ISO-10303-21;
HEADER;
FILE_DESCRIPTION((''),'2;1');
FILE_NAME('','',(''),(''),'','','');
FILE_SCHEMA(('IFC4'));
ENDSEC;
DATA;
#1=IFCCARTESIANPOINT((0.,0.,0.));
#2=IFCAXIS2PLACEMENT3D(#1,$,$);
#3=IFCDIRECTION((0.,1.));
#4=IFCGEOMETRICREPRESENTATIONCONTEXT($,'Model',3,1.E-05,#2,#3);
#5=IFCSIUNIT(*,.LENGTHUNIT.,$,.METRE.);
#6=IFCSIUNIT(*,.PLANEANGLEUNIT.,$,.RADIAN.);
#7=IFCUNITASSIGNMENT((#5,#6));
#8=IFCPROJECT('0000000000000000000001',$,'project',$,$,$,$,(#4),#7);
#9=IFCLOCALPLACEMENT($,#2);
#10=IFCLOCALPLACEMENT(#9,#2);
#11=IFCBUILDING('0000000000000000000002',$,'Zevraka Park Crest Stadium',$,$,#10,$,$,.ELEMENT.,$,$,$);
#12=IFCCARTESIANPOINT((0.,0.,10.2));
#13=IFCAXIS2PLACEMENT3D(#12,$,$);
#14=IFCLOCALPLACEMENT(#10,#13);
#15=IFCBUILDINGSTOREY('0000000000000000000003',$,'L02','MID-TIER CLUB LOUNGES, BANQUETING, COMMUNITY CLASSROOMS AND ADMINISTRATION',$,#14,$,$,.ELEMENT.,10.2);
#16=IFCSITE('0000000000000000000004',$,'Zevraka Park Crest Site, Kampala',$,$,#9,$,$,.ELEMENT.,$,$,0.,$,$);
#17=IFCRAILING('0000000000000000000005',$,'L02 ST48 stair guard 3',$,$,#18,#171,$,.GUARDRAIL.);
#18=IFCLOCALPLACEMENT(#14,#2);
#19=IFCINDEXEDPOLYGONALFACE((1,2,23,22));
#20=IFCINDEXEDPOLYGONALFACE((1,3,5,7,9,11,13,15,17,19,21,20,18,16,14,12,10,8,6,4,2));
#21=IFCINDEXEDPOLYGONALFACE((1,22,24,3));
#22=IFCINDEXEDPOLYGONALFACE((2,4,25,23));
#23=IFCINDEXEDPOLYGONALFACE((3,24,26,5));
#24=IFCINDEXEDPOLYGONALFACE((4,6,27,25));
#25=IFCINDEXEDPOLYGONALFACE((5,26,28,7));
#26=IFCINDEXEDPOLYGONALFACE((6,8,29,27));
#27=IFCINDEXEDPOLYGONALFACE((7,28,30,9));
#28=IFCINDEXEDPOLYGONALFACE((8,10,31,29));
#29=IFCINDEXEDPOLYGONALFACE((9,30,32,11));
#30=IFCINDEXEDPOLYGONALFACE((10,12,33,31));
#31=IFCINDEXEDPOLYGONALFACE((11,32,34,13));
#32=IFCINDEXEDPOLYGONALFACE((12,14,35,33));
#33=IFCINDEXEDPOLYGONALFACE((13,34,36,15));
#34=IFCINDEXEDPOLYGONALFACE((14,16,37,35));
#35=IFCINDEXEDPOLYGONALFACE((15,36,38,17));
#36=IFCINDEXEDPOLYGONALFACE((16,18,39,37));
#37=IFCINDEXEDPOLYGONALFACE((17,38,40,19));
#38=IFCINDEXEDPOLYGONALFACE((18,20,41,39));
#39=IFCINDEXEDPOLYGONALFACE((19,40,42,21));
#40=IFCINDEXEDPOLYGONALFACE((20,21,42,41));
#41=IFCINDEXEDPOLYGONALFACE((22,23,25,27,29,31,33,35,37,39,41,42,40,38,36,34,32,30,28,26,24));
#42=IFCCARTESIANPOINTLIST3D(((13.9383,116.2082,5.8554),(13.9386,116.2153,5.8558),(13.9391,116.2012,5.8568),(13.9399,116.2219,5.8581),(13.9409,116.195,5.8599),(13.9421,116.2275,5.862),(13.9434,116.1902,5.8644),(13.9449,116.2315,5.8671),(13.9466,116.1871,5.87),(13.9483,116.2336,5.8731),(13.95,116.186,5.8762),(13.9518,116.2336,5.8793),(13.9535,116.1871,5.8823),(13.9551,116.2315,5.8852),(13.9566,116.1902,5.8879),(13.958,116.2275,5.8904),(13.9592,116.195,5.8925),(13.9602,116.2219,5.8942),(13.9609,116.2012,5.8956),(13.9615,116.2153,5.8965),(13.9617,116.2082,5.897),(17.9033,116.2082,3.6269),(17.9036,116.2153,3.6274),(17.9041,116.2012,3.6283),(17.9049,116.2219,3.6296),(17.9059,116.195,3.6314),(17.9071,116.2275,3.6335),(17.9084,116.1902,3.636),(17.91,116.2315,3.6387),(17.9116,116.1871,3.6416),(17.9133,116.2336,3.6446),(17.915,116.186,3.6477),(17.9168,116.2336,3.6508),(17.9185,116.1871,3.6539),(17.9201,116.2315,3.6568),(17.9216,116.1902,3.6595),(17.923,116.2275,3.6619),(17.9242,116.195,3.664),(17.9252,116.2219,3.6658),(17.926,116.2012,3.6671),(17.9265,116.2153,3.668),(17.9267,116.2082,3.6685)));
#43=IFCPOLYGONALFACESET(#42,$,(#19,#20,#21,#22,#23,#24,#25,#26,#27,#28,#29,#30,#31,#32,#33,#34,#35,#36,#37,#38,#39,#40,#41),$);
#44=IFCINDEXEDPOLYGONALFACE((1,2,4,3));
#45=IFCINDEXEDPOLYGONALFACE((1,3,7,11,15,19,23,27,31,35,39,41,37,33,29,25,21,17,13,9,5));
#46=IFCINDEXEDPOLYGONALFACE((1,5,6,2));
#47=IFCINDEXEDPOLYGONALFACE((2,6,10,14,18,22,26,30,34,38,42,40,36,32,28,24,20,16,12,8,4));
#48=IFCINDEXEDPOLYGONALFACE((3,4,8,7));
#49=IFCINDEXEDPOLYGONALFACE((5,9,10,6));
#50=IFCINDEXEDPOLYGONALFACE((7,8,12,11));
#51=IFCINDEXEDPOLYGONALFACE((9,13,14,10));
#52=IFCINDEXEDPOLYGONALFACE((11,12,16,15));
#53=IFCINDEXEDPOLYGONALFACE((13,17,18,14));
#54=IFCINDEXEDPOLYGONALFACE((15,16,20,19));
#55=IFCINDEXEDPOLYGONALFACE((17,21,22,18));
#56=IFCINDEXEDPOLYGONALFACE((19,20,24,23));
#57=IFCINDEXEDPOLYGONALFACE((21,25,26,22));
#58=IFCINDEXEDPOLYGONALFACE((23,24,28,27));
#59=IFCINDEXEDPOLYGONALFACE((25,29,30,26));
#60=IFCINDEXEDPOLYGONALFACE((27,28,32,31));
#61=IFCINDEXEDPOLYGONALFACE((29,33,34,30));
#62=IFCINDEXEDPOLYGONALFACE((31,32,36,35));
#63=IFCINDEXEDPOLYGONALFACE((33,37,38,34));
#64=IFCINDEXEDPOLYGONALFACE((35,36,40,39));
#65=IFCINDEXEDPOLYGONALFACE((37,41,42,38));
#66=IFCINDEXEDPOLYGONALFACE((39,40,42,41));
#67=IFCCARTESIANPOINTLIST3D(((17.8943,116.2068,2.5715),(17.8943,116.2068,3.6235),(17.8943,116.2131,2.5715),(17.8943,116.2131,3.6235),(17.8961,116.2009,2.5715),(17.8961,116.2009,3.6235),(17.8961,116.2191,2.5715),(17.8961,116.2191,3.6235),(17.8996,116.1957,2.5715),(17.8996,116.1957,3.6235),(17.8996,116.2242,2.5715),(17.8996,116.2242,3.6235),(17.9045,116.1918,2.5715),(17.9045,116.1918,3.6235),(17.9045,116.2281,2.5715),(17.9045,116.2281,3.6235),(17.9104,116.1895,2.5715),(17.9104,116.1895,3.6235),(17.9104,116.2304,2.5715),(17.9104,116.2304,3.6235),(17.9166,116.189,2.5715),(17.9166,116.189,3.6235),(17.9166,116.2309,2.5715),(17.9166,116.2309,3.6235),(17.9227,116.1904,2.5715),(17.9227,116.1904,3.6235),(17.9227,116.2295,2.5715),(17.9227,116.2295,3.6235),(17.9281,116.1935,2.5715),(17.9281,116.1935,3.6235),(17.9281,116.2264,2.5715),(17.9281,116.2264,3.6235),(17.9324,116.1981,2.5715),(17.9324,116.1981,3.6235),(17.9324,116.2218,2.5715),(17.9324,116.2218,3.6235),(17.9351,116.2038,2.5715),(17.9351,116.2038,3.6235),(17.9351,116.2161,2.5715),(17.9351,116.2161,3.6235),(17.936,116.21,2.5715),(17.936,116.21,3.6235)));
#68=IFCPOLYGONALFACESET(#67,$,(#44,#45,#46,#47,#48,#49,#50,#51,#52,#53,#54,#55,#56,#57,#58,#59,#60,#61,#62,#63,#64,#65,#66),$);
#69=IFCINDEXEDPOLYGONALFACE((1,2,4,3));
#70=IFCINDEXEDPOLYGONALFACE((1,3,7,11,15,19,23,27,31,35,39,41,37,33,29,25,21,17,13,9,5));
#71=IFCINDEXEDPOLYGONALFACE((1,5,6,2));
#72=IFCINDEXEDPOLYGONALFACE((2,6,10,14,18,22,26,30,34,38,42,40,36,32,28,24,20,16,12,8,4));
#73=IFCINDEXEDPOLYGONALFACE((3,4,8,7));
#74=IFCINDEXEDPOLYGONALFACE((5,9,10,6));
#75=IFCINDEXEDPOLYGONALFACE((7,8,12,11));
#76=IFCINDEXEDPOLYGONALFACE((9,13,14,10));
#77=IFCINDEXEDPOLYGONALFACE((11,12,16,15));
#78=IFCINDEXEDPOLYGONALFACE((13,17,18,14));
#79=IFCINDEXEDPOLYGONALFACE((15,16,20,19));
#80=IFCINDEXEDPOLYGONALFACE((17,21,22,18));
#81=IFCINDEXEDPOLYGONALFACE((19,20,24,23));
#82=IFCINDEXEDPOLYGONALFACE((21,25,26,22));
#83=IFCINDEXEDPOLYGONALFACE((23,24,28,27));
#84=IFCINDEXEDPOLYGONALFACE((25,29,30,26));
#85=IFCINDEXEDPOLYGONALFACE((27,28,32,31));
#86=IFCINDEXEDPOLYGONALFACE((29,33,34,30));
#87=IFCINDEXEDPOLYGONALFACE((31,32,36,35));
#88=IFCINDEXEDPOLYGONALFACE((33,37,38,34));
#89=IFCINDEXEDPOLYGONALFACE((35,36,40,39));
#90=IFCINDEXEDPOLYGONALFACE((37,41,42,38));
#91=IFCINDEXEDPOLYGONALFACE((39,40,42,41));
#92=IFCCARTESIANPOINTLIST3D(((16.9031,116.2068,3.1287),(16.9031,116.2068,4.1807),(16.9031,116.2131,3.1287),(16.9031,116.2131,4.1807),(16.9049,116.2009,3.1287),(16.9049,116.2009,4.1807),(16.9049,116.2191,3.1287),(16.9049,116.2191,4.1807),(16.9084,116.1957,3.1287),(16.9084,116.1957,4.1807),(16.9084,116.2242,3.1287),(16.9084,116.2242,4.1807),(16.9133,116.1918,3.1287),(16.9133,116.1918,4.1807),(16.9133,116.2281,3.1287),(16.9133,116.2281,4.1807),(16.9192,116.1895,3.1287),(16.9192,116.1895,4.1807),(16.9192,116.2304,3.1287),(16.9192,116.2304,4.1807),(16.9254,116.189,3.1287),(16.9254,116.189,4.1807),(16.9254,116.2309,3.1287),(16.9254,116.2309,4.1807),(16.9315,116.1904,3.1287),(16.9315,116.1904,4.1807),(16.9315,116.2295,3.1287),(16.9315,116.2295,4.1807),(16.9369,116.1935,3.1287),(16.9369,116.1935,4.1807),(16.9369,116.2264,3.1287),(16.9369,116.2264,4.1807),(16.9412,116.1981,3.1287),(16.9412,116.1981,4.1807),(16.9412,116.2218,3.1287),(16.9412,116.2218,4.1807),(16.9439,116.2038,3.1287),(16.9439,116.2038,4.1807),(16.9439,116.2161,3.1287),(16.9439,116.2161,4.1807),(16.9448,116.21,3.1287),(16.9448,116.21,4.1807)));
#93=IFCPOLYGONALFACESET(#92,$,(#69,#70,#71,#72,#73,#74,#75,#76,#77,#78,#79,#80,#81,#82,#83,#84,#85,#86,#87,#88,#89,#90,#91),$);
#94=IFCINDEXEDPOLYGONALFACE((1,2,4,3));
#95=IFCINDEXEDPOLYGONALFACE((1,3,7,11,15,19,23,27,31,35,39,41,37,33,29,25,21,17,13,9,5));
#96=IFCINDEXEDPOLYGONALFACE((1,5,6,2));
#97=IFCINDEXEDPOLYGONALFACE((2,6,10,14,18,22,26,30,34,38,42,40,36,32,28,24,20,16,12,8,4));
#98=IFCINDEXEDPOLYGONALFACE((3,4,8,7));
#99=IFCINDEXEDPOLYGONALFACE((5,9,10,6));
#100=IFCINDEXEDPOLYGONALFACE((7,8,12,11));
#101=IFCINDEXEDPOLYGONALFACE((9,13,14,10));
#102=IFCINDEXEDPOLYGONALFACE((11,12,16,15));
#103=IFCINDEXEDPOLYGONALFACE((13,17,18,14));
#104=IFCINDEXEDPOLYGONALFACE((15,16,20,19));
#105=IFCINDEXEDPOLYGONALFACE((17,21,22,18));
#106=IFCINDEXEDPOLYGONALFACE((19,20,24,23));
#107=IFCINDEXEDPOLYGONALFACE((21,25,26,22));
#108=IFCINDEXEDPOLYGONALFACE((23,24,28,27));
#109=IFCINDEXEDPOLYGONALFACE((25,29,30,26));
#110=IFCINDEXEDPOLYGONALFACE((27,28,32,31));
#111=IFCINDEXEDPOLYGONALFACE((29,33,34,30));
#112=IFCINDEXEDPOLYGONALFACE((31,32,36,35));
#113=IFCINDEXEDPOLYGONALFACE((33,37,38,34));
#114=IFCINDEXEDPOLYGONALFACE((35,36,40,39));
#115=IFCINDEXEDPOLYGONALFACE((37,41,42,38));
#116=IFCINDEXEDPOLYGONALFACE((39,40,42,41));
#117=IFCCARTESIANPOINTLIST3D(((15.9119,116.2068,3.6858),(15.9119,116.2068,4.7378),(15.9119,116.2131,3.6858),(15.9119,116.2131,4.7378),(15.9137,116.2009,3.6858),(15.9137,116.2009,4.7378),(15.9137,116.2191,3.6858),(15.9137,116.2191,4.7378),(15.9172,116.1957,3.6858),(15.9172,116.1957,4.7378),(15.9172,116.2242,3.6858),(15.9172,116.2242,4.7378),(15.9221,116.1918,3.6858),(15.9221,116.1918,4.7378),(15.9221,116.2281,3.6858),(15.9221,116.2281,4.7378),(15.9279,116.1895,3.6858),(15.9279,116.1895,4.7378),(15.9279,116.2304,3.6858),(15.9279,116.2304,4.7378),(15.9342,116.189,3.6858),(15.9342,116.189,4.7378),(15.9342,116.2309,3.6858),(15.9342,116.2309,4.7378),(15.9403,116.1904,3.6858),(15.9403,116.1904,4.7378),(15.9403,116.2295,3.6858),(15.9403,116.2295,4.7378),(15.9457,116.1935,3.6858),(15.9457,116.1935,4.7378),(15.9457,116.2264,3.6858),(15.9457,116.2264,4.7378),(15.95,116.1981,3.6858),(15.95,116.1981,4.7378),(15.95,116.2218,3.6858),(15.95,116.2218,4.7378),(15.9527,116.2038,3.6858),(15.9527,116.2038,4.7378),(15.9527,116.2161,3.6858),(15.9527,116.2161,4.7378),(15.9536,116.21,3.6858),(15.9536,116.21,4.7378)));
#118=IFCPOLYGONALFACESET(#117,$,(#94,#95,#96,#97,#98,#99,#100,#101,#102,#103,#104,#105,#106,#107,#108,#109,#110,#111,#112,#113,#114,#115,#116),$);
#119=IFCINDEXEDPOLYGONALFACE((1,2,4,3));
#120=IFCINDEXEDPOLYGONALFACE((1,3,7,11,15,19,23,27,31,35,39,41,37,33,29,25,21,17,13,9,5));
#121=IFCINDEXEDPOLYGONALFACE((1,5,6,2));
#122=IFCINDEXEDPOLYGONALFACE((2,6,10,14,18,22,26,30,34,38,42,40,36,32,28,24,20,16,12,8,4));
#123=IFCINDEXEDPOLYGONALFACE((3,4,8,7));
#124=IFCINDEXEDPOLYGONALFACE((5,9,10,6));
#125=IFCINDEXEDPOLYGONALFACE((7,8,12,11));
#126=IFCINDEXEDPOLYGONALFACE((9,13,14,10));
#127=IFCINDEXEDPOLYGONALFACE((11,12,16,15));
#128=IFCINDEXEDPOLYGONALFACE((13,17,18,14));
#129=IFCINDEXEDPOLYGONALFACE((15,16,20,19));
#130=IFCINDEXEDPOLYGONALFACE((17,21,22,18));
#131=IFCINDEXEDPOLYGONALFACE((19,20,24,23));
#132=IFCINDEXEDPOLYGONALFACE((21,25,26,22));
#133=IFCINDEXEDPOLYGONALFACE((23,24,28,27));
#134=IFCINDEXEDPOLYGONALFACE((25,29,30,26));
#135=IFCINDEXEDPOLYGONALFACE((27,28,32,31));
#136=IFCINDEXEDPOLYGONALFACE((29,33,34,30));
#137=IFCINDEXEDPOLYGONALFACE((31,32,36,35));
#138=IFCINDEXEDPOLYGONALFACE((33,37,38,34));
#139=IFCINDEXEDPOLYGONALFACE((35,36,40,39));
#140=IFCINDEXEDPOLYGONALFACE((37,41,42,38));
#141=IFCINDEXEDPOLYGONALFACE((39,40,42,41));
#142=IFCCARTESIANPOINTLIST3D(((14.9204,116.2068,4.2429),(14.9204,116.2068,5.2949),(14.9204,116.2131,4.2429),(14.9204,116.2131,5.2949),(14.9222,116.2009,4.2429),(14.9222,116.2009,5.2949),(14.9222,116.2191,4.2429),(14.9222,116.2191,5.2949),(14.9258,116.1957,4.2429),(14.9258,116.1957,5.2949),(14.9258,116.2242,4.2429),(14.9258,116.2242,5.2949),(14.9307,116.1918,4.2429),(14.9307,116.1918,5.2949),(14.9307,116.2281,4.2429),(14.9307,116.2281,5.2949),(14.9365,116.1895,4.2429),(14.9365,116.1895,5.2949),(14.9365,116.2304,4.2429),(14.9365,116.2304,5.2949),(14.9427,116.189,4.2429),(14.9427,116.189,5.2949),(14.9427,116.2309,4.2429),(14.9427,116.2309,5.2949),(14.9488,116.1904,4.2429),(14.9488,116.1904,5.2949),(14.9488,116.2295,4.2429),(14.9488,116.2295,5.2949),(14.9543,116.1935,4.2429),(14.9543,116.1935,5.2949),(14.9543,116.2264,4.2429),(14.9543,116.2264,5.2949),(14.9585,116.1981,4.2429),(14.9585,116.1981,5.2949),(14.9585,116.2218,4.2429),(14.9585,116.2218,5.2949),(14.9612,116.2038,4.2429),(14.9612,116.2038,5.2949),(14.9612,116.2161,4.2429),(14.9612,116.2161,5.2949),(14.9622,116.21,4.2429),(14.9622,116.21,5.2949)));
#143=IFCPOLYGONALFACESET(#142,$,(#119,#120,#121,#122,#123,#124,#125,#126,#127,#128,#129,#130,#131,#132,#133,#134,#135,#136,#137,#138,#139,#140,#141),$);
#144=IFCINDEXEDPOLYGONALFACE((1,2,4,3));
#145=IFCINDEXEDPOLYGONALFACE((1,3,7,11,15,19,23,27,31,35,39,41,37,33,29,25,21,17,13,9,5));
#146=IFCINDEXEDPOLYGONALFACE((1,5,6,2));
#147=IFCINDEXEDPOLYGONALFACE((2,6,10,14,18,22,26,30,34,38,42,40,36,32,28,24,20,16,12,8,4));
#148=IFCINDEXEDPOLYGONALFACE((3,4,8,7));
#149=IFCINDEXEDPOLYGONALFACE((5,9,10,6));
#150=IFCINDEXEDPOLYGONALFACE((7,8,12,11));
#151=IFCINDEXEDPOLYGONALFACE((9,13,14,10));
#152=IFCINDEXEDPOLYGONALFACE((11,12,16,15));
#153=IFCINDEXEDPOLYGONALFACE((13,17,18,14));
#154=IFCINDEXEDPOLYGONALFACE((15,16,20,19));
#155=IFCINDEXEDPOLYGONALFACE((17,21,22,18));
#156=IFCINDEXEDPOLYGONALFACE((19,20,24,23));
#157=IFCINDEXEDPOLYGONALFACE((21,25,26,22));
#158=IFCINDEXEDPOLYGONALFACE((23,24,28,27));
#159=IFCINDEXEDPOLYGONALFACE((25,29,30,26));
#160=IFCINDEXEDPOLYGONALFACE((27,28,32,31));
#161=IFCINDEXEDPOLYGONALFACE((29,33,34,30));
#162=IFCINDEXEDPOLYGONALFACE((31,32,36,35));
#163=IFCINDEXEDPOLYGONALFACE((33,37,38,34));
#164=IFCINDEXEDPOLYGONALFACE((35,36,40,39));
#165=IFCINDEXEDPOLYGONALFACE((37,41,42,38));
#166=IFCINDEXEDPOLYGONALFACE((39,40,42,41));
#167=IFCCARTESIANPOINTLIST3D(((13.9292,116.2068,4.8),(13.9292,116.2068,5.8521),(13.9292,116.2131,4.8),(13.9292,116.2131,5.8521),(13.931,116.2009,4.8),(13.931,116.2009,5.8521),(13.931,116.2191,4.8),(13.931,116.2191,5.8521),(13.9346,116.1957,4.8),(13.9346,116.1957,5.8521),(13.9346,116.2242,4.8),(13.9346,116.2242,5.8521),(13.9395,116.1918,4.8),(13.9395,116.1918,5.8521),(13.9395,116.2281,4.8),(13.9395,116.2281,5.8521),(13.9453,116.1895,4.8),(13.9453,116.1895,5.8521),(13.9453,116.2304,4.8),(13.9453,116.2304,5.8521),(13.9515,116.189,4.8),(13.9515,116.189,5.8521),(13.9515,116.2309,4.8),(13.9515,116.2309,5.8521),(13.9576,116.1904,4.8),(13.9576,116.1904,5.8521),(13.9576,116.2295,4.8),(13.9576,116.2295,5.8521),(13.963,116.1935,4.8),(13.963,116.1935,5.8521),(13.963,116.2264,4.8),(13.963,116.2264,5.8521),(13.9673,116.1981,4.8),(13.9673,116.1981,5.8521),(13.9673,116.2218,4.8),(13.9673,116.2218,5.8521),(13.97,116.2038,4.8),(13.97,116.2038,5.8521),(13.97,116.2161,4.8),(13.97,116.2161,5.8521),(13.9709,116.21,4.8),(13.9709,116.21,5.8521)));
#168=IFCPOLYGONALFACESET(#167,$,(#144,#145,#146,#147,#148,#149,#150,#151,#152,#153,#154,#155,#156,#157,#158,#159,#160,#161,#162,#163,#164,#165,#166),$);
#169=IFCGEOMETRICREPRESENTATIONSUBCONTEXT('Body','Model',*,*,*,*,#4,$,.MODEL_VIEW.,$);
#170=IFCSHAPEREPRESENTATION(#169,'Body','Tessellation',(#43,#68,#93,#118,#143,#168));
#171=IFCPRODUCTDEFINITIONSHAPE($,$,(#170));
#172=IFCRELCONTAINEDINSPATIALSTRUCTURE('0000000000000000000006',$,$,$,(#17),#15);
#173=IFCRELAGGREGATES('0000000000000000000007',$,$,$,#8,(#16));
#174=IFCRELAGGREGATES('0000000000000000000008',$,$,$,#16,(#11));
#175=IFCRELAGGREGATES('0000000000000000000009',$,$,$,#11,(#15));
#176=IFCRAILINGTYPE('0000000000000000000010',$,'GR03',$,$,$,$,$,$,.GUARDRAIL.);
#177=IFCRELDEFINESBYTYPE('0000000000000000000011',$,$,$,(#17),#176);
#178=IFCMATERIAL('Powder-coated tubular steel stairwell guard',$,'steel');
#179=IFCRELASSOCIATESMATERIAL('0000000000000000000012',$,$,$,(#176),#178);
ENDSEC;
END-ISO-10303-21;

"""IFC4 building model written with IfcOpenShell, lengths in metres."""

from ifc_helpers import new_model, si_unit, direction, frame, origin, origin_2d, place, context, subcontext, project, spatial, circle, extrude, material, type_object, element, save


model = new_model("IFC4")

# Units and contexts
model_context = context("Model", 3, precision=1e-05, world=origin(), true_north=direction((0.0, 1.0)))
body_context = subcontext(model_context, "Body", "Model", "MODEL_VIEW")
ifc_project = project(units=[si_unit("LENGTHUNIT", "METRE"), si_unit("PLANEANGLEUNIT", "RADIAN")], contexts=[model_context])

# Site, building, storey
site_placement = place(None, origin())
site = spatial("IfcSite", under=ifc_project, at=site_placement, Name="Zevraka Park Crest Site, Kampala", CompositionType="ELEMENT", RefElevation=0.0)
building_placement = place(site_placement, origin())
building = spatial("IfcBuilding", under=site, at=building_placement, Name="Zevraka Park Crest Stadium", CompositionType="ELEMENT")
storey_placement = place(building_placement, frame((0.0, 0.0, 10.2)))
storey = spatial("IfcBuildingStorey", under=building, at=storey_placement, Name="L02", Description="MID-TIER CLUB LOUNGES, BANQUETING, COMMUNITY CLASSROOMS AND ADMINISTRATION", CompositionType="ELEMENT", Elevation=10.2)

# Railing
ifc_material_1 = material(Name="Powder-coated tubular steel stairwell guard", Category="steel")
railing_type_1 = type_object("IfcRailingType", Name="GR03", PredefinedType="GUARDRAIL", material=ifc_material_1)
railing_1_placement = place(storey_placement, frame((17.915, 116.21, 2.5715)))
element("IfcRailing", 1, at=railing_1_placement, inside=storey, type_object=railing_type_1, Name="L02 ST48 stair guard 3", PredefinedType="GUARDRAIL", context=body_context, shape_type="SweptSolid", body=[
    extrude(circle(Radius=0.0239, at=origin_2d()), frame((0.0, 0.0, 1.0762), z_axis=(-0.871749, 0.0, 0.489953), x_axis=(0.0, -1.0, 0.0)), (0.0, 0.0, 1.0), 4.5483),
    extrude(circle(Radius=0.021, at=origin_2d()), origin(), (0.0, 0.0, 1.0), 1.052),
    extrude(circle(Radius=0.021, at=origin_2d()), frame((-0.9912, 0.0, 0.5571)), (0.0, 0.0, 1.0), 1.052),
    extrude(circle(Radius=0.021, at=origin_2d()), frame((-1.9824, 0.0, 1.1143)), (0.0, 0.0, 1.0), 1.052),
    extrude(circle(Radius=0.021, at=origin_2d()), frame((-2.9739, 0.0, 1.6714)), (0.0, 0.0, 1.0), 1.052),
    extrude(circle(Radius=0.021, at=origin_2d()), frame((-3.9651, 0.0, 2.2285)), (0.0, 0.0, 1.0), 1.052),
])

save(model, "model.ifc")
